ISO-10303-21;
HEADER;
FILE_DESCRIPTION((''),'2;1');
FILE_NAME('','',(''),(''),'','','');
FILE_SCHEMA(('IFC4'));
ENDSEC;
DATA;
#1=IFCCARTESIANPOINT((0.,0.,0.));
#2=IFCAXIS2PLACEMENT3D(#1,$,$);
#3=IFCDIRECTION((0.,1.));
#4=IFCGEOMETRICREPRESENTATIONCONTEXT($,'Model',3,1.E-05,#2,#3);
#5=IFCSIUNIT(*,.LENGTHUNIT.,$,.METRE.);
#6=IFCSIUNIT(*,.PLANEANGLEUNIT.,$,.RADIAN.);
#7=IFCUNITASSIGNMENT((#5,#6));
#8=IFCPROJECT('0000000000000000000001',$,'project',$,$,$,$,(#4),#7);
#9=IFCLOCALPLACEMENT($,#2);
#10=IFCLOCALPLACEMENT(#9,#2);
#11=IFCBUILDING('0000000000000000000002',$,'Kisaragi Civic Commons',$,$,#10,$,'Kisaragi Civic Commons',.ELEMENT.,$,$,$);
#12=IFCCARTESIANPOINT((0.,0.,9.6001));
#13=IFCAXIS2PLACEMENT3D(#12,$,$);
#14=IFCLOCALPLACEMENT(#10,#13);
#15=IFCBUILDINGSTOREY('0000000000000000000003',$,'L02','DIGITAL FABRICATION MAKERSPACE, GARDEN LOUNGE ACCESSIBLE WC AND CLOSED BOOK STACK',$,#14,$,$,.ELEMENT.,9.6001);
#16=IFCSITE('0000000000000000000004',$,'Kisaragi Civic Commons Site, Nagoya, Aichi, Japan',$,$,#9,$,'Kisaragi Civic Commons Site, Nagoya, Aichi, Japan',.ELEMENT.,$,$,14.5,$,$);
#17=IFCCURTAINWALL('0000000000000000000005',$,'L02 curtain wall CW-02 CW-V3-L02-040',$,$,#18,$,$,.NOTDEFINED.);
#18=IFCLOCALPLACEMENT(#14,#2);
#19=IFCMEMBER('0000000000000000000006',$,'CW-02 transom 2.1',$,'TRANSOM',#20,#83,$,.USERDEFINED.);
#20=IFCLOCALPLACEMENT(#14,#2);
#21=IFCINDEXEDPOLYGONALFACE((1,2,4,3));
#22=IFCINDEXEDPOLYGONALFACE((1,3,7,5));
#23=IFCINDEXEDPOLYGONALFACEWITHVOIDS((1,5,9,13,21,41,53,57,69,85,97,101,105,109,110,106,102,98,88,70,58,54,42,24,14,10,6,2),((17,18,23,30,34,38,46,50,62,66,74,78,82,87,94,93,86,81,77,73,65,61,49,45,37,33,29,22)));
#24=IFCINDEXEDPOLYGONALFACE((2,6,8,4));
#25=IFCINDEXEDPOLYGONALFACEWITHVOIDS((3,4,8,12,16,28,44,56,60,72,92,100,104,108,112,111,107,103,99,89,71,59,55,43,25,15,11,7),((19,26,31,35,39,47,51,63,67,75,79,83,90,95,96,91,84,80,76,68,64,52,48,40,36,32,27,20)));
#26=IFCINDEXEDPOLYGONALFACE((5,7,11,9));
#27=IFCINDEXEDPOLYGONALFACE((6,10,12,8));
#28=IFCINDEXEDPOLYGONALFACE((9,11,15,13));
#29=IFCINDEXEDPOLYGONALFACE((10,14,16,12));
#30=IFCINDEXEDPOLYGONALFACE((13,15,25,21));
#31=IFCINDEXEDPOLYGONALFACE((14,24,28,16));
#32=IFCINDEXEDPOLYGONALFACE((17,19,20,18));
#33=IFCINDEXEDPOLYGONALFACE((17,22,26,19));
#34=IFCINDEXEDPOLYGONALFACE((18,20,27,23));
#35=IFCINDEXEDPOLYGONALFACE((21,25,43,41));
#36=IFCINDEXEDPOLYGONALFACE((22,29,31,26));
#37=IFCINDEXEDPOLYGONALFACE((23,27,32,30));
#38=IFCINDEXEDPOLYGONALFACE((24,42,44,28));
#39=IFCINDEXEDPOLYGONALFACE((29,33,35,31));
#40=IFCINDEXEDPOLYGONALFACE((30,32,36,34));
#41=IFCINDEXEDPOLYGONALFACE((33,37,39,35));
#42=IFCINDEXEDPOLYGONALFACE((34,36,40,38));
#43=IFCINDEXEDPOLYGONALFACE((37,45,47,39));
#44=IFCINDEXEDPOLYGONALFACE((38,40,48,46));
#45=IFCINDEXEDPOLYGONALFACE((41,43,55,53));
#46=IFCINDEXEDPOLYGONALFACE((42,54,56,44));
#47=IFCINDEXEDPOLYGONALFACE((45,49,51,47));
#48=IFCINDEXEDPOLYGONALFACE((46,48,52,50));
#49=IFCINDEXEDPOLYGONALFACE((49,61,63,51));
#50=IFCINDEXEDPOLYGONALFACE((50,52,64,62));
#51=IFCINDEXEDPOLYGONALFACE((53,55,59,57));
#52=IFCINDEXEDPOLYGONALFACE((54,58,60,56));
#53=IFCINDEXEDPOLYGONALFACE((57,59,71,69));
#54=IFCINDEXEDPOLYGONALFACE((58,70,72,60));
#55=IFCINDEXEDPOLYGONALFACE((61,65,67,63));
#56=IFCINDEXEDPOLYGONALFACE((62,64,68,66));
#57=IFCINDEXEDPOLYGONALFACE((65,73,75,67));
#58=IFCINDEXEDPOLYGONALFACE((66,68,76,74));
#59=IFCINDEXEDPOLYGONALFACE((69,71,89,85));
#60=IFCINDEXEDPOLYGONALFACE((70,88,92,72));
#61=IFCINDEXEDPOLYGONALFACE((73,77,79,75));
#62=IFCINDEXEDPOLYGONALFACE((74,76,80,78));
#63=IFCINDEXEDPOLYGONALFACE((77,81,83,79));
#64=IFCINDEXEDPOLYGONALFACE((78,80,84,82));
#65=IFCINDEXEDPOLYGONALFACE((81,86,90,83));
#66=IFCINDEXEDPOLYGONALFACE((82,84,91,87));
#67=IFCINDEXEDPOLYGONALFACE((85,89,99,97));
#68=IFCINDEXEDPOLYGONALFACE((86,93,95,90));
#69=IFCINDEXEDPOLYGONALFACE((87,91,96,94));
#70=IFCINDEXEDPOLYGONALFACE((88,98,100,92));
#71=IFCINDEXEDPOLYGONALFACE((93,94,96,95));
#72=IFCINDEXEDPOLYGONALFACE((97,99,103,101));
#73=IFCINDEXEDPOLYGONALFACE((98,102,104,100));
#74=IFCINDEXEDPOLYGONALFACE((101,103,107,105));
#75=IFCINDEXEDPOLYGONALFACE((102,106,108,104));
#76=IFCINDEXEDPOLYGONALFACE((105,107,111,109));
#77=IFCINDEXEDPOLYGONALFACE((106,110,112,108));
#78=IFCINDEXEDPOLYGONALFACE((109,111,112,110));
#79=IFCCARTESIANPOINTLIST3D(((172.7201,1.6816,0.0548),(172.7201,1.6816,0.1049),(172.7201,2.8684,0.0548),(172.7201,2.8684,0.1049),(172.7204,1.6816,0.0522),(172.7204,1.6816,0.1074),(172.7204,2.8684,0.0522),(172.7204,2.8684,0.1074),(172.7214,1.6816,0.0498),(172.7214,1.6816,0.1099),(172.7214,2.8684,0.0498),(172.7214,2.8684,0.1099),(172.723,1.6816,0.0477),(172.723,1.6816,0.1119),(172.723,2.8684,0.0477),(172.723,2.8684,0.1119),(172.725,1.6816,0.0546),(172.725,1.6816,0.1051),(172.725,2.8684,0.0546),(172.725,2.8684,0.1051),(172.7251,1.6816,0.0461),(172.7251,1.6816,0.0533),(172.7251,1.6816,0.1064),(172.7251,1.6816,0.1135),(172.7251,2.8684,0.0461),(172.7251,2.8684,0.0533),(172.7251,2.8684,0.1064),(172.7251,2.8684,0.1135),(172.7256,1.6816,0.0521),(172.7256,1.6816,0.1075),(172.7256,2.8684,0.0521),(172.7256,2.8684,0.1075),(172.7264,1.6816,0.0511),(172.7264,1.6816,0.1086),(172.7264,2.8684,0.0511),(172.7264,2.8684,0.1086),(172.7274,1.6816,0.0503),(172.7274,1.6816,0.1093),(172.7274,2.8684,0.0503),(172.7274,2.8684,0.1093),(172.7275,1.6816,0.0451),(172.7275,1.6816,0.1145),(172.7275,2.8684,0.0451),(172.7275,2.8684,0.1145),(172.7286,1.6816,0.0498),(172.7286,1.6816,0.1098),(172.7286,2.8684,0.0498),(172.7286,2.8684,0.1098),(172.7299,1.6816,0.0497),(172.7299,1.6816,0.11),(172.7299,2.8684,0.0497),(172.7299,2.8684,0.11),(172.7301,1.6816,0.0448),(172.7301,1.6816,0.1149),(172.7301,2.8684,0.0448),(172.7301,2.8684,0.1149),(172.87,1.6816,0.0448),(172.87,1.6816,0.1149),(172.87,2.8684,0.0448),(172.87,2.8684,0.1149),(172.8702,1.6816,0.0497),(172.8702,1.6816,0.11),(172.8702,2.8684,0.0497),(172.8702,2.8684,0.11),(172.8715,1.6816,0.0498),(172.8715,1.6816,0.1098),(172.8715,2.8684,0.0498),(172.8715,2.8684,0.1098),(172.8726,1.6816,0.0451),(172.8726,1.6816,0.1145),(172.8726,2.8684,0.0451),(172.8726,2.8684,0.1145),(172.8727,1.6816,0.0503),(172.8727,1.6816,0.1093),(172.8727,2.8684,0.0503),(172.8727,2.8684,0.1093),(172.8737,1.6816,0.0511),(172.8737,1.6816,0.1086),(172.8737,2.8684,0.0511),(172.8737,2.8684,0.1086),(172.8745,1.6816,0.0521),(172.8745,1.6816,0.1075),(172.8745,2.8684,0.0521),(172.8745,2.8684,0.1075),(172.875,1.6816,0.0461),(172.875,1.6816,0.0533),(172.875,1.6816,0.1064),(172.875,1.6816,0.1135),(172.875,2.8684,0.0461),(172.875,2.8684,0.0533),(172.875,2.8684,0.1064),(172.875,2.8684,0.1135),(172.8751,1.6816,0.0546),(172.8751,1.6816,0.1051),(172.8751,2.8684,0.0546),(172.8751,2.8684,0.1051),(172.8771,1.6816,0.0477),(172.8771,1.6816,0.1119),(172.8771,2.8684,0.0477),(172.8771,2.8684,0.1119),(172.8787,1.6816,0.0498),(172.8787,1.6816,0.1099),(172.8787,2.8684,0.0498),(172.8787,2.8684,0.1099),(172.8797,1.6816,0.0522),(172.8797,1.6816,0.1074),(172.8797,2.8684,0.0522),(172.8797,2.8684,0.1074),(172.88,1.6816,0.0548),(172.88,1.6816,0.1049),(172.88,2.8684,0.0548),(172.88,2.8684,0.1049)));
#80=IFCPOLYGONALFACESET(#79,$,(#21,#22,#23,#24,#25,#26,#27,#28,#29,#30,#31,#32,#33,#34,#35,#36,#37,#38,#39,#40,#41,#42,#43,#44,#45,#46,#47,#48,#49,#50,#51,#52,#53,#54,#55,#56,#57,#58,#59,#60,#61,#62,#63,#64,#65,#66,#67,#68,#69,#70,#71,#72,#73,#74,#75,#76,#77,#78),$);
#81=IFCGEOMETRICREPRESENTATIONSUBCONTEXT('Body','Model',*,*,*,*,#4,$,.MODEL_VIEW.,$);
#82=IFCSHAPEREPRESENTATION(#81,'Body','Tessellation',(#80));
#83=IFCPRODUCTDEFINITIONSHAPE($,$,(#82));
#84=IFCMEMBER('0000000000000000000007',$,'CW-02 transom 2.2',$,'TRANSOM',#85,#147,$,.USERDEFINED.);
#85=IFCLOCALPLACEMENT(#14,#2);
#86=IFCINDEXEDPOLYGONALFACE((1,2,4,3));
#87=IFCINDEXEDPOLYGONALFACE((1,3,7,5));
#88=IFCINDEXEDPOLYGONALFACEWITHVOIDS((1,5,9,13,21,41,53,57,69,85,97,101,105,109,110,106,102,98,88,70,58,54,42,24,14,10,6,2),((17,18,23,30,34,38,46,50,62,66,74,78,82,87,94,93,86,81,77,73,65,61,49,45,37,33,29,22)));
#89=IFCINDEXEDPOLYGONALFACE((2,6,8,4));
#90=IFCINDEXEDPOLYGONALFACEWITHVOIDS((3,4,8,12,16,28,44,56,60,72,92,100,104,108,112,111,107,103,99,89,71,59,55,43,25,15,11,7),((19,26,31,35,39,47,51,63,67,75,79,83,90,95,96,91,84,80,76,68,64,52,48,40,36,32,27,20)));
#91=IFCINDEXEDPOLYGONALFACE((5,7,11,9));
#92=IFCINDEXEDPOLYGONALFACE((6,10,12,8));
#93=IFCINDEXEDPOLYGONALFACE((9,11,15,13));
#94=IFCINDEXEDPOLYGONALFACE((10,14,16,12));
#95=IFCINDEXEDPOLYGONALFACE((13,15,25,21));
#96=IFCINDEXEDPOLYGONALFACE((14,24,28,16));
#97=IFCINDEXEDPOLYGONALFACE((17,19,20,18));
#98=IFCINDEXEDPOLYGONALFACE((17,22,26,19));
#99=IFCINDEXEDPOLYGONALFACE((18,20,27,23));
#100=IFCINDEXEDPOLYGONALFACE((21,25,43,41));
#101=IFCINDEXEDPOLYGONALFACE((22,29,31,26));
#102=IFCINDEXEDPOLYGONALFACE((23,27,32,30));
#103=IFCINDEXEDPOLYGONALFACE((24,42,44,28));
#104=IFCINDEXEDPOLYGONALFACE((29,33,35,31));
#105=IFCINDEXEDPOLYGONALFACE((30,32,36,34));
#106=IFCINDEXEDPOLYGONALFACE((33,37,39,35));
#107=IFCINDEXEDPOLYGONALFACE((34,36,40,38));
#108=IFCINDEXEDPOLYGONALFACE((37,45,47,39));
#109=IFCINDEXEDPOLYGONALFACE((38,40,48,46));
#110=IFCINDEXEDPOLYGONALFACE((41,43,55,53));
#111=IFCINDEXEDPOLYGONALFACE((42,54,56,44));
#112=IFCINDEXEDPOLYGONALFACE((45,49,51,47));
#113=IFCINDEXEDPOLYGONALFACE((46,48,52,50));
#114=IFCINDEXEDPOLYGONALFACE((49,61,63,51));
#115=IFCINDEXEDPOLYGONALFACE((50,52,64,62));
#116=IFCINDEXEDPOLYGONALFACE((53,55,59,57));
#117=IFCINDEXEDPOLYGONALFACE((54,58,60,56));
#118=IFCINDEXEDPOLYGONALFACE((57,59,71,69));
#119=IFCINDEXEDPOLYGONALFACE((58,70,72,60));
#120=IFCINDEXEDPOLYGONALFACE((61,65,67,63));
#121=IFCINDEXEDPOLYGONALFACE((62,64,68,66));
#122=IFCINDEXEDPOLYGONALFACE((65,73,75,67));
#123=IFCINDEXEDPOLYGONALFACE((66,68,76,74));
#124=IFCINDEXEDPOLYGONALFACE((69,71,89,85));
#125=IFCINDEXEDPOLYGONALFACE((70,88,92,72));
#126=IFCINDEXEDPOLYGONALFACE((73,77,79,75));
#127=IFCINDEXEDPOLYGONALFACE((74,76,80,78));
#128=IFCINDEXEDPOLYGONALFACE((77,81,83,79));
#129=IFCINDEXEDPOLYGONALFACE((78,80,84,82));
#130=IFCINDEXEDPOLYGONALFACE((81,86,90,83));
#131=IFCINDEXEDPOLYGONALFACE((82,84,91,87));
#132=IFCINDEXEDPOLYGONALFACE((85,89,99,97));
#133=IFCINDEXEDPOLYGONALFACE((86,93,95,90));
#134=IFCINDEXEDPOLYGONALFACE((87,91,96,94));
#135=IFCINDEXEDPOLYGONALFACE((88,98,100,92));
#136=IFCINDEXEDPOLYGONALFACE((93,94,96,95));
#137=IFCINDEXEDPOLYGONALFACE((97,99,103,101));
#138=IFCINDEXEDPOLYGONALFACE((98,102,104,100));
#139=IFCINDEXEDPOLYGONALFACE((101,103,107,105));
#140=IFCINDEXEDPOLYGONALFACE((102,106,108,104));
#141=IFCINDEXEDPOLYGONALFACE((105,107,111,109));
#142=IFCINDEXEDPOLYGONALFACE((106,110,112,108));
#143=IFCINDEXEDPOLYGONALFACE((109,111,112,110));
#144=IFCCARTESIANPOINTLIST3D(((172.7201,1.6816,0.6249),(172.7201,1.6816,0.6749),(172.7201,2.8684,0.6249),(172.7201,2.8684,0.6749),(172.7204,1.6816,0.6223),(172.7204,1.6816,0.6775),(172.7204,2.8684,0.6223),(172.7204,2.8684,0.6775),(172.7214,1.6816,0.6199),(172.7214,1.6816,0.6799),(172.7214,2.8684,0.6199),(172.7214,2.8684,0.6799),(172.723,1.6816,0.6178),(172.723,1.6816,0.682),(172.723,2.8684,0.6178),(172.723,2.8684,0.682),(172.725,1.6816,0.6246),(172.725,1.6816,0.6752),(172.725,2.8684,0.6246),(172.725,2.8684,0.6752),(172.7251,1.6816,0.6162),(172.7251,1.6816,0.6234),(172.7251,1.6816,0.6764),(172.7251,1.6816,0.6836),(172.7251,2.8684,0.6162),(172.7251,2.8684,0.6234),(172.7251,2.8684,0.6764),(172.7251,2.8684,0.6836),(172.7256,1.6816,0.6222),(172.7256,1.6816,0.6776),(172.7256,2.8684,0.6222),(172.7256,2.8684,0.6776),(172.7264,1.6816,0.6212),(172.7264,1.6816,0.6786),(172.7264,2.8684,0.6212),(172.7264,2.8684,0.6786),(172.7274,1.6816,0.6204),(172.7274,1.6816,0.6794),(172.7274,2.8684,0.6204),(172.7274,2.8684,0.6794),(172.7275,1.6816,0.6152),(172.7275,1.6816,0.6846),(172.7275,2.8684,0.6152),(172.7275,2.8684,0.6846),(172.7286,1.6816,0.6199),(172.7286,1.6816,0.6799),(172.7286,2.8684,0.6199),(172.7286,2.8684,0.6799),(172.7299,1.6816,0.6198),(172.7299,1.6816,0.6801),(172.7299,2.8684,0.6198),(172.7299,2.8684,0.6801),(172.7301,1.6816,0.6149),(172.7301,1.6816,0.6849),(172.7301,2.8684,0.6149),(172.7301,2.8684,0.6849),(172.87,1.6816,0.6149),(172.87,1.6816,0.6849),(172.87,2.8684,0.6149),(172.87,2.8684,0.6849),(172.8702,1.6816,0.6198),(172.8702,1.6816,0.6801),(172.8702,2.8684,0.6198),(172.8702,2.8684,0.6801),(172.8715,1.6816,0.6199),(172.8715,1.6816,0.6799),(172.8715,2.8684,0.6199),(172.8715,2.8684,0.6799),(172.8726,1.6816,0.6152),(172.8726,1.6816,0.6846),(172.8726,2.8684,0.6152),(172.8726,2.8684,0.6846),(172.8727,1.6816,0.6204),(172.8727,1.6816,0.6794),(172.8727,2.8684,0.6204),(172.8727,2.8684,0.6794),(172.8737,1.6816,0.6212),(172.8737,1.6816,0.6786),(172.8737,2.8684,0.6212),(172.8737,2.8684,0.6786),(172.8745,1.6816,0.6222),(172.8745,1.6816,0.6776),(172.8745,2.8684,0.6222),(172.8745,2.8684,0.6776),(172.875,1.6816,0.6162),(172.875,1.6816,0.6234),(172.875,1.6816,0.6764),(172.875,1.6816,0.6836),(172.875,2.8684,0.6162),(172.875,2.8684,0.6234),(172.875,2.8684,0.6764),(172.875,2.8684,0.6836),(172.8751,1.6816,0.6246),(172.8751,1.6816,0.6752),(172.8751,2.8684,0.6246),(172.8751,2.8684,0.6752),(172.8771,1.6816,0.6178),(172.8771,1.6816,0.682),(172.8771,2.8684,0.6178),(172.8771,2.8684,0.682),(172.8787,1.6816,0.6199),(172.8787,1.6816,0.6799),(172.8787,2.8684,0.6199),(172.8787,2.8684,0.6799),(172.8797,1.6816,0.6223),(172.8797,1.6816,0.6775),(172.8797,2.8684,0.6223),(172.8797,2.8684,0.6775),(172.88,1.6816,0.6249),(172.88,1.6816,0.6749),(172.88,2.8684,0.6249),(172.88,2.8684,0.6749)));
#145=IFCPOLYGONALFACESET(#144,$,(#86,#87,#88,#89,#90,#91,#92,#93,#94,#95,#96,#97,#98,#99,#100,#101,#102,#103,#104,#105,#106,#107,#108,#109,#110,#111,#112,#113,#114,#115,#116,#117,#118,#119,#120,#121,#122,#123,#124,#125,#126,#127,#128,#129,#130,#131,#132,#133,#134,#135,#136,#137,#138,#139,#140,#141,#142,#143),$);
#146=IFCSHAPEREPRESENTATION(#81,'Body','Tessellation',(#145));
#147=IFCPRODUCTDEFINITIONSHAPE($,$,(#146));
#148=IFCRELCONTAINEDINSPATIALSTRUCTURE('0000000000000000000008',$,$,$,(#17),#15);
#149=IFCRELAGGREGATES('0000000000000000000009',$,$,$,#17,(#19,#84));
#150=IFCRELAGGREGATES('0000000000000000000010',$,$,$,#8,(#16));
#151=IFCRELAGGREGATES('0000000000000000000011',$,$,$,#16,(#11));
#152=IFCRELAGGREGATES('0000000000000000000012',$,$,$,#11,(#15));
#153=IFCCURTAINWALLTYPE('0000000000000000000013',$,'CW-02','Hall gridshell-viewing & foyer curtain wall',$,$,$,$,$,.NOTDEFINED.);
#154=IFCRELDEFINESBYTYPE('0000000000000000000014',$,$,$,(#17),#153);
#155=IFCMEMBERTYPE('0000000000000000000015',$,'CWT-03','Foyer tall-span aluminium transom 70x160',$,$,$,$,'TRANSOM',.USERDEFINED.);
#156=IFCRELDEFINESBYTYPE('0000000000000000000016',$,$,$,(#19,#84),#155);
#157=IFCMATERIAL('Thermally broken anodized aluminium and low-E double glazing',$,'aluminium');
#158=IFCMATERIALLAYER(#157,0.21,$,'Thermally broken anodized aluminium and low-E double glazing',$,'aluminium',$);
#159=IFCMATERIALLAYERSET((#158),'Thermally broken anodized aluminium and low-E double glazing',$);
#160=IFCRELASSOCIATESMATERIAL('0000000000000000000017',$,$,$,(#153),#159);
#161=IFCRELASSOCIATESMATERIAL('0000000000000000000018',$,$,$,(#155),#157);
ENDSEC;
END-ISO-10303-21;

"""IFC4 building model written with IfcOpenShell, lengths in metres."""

from ifc_helpers import new_model, si_unit, direction, frame, origin, origin_2d, place, context, subcontext, project, spatial, hollow_rectangle, extrude, material, layer, layer_set, material_profile, profile_set, type_object, element, aggregate, save


model = new_model("IFC4")

# Units and contexts
model_context = context("Model", 3, precision=1e-05, world=origin(), true_north=direction((0.0, 1.0)))
body_context = subcontext(model_context, "Body", "Model", "MODEL_VIEW")
ifc_project = project(units=[si_unit("LENGTHUNIT", "METRE"), si_unit("PLANEANGLEUNIT", "RADIAN")], contexts=[model_context])

# Site, building, storey
site_placement = place(None, origin())
site = spatial("IfcSite", under=ifc_project, at=site_placement, Name="Kisaragi Civic Commons Site, Nagoya, Aichi, Japan", LongName="Kisaragi Civic Commons Site, Nagoya, Aichi, Japan", CompositionType="ELEMENT", RefElevation=14.5)
building_placement = place(site_placement, origin())
building = spatial("IfcBuilding", under=site, at=building_placement, Name="Kisaragi Civic Commons", LongName="Kisaragi Civic Commons", CompositionType="ELEMENT")
storey_placement = place(building_placement, frame((0.0, 0.0, 9.6001)))
storey = spatial("IfcBuildingStorey", under=building, at=storey_placement, Name="L02", Description="DIGITAL FABRICATION MAKERSPACE, GARDEN LOUNGE ACCESSIBLE WC AND CLOSED BOOK STACK", CompositionType="ELEMENT", Elevation=9.6001)

# Shared definitions
ifc_material_1 = material(Name="Thermally broken anodized aluminium and low-E double glazing", Category="aluminium")
ifc_layer_1 = layer(ifc_material_1, 0.21, Name="Thermally broken anodized aluminium and low-E double glazing", Category="aluminium")
ifc_layer_set_1 = layer_set([ifc_layer_1], Name="Thermally broken anodized aluminium and low-E double glazing")
curtain_wall_type = type_object("IfcCurtainWallType", Name="CW-02", Description="Hall gridshell-viewing & foyer curtain wall", PredefinedType="NOTDEFINED", material=ifc_layer_set_1)

# Curtain wall
curtain_wall_1_placement = place(storey_placement, origin())
curtain_wall_1 = element("IfcCurtainWall", 1, at=curtain_wall_1_placement, inside=storey, type_object=curtain_wall_type, Name="L02 curtain wall CW-02 CW-V3-L02-040", PredefinedType="NOTDEFINED")

# Members
ifc_material_profile_1 = material_profile(ifc_material_1, hollow_rectangle(XDim=0.1599, YDim=0.0701, WallThickness=0.0049, InnerFilletRadius=0.0049, OuterFilletRadius=0.01, at=origin_2d()), Name="CWT-70x160x5", Category="aluminium")
ifc_profile_set_1 = profile_set([ifc_material_profile_1], Name="Thermally broken anodized aluminium and low-E double glazing")
member_type_1 = type_object("IfcMemberType", Name="CWT-03", Description="Foyer tall-span aluminium transom 70x160", ElementType="TRANSOM", PredefinedType="USERDEFINED", material=ifc_profile_set_1)
member_1_placement = place(storey_placement, frame((172.8, 2.8684, 0.0798), z_axis=(0.0, -1.0, 0.0), x_axis=(1.0, 0.0, 0.0)))
member_1 = element("IfcMember", 2, at=member_1_placement, type_object=member_type_1, Name="CW-02 transom 2.1", ObjectType="TRANSOM", PredefinedType="USERDEFINED", context=body_context, shape_type="SweptSolid", body=[
    extrude(hollow_rectangle(XDim=0.1599, YDim=0.0701, WallThickness=0.0049, InnerFilletRadius=0.0049, OuterFilletRadius=0.01, at=origin_2d()), origin(), (0.0, 0.0, 1.0), 1.1868),
])
member_2_placement = place(storey_placement, frame((172.8, 2.8684, 0.6499), z_axis=(0.0, -1.0, 0.0), x_axis=(1.0, 0.0, 0.0)))
member_2 = element("IfcMember", 3, at=member_2_placement, type_object=member_type_1, Name="CW-02 transom 2.2", ObjectType="TRANSOM", PredefinedType="USERDEFINED", context=body_context, shape_type="SweptSolid", body=[
    extrude(hollow_rectangle(XDim=0.1599, YDim=0.0701, WallThickness=0.0049, InnerFilletRadius=0.0049, OuterFilletRadius=0.01, at=origin_2d()), origin(), (0.0, 0.0, 1.0), 1.1868),
])

aggregate(curtain_wall_1, [member_1, member_2])

save(model, "model.ifc")
